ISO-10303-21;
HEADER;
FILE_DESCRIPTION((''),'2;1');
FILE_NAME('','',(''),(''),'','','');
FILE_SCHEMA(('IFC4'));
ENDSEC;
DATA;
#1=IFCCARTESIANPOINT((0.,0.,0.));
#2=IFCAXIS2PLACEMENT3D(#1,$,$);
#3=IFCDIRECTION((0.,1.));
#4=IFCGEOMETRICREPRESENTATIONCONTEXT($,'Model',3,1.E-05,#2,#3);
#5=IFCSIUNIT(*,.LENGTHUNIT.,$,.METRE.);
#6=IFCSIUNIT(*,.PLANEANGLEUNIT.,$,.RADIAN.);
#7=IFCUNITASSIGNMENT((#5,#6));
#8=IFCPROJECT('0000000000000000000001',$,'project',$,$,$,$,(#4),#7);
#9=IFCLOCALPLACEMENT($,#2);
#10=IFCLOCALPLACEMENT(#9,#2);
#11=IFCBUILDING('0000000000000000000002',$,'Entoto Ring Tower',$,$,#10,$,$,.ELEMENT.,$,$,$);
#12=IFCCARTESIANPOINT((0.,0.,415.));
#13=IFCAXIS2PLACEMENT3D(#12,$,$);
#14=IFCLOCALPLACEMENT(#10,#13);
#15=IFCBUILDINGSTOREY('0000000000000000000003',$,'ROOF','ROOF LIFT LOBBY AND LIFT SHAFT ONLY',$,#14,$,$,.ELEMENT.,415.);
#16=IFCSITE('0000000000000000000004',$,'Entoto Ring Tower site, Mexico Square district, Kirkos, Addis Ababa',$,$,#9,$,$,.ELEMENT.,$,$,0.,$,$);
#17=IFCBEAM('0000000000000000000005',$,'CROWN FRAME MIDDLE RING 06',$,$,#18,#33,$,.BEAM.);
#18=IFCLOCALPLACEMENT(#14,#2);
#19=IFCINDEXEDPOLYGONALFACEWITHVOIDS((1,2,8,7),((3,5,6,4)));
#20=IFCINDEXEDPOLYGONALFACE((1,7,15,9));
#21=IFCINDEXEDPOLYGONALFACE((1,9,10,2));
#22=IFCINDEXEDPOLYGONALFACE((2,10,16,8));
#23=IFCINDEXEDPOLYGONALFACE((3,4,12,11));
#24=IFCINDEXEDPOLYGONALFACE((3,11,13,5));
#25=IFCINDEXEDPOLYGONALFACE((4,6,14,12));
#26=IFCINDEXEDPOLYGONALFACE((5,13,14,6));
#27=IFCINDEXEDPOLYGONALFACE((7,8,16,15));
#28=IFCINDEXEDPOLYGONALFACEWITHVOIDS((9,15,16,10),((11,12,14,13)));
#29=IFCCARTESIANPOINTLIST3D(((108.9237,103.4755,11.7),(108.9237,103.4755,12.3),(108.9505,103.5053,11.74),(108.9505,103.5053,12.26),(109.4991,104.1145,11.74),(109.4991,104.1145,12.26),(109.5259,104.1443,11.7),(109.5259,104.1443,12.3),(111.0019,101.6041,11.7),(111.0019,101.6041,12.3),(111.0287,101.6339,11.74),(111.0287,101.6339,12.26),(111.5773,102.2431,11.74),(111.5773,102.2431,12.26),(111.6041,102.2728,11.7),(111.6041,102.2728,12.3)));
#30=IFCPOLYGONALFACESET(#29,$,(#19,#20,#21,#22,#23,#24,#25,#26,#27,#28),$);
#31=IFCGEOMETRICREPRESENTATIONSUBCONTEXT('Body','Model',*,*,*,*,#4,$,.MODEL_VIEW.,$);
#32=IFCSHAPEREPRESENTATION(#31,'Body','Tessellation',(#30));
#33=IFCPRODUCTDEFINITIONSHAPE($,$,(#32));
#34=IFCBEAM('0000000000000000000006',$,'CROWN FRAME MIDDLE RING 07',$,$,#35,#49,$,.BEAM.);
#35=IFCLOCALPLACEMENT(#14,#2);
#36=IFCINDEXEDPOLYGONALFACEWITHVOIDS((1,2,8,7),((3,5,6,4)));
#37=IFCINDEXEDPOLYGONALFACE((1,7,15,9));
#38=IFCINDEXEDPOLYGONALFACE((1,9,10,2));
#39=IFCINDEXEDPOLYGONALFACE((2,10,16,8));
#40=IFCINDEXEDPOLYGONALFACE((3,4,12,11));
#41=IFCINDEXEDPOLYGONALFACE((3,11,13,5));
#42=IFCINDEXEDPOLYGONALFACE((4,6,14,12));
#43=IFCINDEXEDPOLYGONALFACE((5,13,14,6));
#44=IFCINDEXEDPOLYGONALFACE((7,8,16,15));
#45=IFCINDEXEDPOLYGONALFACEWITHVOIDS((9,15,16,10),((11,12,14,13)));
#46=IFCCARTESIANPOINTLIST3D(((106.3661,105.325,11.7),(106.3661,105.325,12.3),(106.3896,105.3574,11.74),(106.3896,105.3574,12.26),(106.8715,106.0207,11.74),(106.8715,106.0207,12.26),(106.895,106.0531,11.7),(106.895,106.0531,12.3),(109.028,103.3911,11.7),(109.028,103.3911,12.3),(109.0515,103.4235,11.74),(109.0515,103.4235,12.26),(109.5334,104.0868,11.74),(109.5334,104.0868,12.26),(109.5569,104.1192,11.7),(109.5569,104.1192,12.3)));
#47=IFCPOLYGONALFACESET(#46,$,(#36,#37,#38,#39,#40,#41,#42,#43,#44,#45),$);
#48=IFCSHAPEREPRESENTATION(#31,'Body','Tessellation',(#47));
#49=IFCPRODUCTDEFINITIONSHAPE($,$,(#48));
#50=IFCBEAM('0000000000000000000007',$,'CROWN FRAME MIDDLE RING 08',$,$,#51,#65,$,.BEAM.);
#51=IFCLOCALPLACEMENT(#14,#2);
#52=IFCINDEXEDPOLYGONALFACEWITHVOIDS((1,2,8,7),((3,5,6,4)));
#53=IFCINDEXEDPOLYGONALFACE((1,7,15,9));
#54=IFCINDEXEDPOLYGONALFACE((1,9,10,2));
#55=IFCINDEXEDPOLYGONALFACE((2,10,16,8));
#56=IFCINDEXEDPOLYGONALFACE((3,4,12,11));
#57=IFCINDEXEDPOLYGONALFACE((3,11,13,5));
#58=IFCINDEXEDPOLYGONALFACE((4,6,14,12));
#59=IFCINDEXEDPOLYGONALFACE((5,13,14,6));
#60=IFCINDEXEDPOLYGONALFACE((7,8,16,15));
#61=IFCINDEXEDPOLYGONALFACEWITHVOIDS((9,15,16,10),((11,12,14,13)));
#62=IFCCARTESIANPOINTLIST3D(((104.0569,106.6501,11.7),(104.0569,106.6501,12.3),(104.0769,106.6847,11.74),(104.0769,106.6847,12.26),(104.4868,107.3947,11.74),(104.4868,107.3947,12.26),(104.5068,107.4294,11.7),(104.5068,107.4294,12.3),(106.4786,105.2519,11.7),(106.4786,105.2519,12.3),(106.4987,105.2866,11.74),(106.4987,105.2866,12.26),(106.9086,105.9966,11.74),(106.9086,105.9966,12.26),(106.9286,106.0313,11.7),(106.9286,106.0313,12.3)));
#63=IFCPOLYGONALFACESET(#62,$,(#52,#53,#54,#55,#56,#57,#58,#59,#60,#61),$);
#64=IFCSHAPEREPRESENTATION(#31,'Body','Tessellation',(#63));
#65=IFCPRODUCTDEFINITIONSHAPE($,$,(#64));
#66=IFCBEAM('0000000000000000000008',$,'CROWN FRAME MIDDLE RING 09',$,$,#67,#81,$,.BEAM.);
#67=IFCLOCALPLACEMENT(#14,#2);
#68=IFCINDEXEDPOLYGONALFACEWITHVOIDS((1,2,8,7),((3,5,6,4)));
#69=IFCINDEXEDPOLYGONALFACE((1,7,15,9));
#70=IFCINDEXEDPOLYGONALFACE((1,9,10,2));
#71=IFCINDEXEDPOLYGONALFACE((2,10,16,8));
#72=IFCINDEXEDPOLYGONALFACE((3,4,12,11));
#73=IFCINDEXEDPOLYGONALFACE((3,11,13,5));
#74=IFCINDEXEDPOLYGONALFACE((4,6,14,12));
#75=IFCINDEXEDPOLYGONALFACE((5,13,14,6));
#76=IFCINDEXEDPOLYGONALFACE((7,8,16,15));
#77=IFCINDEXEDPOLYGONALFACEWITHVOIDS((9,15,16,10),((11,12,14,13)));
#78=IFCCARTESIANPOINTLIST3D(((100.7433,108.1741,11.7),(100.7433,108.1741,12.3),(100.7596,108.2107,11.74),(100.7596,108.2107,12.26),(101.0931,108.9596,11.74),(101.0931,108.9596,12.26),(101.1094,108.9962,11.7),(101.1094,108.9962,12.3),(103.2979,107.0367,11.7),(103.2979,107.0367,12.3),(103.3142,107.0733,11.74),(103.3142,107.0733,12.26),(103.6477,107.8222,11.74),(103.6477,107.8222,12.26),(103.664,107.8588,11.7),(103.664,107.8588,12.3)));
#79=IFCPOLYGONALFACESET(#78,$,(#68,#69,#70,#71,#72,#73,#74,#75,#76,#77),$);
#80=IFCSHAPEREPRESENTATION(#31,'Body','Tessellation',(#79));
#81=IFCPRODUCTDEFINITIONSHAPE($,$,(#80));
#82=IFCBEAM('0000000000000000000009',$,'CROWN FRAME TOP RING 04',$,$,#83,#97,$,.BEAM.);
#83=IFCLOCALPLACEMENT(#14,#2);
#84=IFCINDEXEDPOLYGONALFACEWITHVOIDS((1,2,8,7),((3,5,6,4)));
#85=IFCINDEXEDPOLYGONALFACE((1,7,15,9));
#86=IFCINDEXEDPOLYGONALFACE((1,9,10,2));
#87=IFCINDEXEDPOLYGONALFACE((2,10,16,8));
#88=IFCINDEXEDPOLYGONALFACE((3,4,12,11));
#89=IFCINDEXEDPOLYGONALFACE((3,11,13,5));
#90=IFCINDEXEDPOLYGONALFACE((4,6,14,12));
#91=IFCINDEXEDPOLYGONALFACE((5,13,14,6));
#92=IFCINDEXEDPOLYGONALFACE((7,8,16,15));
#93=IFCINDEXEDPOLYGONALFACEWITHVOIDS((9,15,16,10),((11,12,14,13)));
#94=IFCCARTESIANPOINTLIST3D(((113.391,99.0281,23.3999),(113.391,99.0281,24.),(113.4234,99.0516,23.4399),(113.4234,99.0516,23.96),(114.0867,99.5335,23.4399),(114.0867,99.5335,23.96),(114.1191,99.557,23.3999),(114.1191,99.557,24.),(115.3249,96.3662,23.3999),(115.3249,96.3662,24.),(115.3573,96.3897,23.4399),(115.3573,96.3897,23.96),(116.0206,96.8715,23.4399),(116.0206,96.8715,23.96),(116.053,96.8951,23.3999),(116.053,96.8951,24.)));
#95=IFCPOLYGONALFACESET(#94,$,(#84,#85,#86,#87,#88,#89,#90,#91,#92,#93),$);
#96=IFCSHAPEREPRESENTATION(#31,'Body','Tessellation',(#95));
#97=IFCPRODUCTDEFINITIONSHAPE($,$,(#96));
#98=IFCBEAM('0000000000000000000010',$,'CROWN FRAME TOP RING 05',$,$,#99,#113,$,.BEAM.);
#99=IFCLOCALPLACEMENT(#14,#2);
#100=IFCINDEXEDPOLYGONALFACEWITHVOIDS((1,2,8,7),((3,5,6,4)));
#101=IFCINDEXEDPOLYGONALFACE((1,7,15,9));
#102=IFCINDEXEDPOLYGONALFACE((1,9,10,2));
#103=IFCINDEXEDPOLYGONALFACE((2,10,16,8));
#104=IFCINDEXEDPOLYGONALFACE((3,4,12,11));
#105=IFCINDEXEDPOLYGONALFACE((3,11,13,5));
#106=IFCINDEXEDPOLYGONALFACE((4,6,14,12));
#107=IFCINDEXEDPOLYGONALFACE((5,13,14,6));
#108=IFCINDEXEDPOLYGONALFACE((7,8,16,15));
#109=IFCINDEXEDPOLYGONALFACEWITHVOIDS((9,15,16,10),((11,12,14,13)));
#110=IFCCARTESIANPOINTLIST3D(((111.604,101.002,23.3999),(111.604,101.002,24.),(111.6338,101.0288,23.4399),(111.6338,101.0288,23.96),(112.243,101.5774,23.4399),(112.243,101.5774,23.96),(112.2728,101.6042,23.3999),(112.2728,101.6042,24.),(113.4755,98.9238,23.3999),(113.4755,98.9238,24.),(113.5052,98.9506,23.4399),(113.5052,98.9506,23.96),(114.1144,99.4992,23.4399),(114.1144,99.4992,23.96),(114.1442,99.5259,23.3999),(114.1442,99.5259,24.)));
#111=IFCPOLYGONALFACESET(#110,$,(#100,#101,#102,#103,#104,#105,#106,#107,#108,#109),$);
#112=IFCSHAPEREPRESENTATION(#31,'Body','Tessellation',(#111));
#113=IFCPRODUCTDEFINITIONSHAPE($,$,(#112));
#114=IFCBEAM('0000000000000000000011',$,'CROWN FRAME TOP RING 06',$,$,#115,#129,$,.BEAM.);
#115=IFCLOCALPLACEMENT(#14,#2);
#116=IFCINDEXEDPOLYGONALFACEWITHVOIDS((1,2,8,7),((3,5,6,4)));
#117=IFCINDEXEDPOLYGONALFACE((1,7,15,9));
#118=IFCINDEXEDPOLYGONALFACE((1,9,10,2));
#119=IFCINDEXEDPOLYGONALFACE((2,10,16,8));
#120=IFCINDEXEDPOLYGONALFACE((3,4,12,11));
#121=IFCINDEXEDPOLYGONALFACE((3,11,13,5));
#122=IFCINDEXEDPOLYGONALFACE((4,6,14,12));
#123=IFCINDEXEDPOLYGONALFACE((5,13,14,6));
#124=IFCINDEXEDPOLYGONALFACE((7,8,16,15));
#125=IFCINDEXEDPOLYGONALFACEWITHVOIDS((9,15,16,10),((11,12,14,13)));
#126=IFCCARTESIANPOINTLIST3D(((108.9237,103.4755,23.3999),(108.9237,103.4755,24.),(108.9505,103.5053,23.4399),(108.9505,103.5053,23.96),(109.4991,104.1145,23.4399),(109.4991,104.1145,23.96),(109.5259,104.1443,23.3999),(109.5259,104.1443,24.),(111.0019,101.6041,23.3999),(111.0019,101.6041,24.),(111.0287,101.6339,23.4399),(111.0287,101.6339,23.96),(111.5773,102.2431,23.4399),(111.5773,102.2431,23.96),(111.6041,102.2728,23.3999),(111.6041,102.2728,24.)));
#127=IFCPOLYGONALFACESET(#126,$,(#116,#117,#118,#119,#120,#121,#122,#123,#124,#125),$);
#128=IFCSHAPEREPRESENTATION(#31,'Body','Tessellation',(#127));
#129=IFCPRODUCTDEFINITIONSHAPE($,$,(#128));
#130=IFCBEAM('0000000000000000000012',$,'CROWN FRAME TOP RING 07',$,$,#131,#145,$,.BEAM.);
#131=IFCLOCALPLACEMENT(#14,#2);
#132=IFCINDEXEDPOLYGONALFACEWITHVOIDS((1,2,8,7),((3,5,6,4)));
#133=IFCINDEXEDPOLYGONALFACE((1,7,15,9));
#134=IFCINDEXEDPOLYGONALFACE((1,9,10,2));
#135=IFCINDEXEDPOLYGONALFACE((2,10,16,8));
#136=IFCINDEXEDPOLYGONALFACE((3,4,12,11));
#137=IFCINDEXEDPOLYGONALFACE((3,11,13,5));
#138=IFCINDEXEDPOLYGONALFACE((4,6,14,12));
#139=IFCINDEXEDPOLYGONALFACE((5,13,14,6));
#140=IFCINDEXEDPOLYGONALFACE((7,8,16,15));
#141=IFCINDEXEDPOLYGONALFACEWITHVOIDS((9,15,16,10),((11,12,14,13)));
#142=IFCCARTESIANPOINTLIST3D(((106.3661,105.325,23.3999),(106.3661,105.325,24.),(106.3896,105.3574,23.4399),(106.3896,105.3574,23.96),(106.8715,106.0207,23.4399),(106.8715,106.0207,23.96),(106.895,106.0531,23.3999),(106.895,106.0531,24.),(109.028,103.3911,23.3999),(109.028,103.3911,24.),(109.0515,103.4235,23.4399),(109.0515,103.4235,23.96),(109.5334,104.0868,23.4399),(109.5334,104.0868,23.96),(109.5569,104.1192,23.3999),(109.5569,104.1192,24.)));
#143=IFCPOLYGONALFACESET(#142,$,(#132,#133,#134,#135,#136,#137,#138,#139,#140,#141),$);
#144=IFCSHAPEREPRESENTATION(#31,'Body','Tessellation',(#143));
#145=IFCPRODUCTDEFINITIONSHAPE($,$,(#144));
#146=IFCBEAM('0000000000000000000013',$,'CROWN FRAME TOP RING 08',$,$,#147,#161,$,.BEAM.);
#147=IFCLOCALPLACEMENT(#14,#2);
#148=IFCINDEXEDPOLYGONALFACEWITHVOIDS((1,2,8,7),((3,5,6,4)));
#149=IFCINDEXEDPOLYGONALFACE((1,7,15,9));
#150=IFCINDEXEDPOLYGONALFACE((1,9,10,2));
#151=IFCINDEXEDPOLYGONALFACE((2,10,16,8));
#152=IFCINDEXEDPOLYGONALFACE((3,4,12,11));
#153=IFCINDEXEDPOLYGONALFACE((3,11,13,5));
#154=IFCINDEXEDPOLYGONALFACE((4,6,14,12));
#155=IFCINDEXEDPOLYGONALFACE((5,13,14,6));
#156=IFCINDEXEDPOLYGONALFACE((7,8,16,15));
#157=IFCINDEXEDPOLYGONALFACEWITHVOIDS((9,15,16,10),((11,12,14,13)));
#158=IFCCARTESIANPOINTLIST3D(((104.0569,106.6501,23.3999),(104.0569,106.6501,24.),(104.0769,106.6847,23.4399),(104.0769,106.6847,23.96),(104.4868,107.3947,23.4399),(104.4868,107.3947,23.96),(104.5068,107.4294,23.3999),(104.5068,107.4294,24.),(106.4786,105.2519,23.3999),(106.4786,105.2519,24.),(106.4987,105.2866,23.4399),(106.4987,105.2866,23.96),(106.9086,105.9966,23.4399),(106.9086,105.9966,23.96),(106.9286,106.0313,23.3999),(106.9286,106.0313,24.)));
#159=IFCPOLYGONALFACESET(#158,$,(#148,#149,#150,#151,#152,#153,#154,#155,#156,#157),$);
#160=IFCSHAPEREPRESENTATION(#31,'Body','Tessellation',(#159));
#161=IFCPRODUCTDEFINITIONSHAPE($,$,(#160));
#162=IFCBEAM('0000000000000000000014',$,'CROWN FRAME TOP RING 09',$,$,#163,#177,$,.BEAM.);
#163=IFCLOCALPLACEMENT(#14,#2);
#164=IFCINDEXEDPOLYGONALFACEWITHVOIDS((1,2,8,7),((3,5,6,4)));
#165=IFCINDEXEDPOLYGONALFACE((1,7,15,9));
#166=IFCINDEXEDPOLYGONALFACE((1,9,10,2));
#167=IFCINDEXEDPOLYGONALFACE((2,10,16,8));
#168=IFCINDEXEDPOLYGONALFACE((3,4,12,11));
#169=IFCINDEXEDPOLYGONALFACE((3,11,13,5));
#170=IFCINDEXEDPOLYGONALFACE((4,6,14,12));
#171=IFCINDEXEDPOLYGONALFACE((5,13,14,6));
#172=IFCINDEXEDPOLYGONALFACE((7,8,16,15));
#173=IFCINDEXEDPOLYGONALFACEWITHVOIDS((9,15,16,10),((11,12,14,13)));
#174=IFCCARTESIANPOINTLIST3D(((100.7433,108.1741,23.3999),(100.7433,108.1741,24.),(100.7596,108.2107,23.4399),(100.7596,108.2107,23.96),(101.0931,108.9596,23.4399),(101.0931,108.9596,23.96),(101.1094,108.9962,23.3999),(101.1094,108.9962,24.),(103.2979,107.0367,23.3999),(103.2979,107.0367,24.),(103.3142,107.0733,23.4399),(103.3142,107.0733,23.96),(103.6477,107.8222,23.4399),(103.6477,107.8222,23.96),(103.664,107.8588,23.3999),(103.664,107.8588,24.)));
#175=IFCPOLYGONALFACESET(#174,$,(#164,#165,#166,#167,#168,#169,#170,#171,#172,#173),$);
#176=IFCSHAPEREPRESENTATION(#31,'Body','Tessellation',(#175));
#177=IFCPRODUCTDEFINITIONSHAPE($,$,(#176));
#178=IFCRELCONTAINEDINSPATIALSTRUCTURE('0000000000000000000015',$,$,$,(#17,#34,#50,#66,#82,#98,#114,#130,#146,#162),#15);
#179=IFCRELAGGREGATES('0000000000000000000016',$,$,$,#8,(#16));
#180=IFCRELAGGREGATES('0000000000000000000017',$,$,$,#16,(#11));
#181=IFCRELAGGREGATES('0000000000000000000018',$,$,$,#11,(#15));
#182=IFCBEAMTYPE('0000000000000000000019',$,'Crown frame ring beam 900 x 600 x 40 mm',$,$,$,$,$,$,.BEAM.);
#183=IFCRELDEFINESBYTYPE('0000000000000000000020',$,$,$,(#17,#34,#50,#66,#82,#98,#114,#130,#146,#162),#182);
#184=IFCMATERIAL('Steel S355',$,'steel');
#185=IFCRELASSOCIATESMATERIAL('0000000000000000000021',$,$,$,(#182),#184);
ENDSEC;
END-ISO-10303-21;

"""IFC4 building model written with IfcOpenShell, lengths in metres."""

from ifc_helpers import new_model, si_unit, direction, frame, origin, origin_2d, place, context, subcontext, project, spatial, hollow_rectangle, extrude, material, material_profile, profile_set, type_object, element, save


model = new_model("IFC4")

# Units and contexts
model_context = context("Model", 3, precision=1e-05, world=origin(), true_north=direction((0.0, 1.0)))
body_context = subcontext(model_context, "Body", "Model", "MODEL_VIEW")
ifc_project = project(units=[si_unit("LENGTHUNIT", "METRE"), si_unit("PLANEANGLEUNIT", "RADIAN")], contexts=[model_context])

# Site, building, storey
site_placement = place(None, origin())
site = spatial("IfcSite", under=ifc_project, at=site_placement, Name="Entoto Ring Tower site, Mexico Square district, Kirkos, Addis Ababa", CompositionType="ELEMENT", RefElevation=0.0)
building_placement = place(site_placement, origin())
building = spatial("IfcBuilding", under=site, at=building_placement, Name="Entoto Ring Tower", CompositionType="ELEMENT")
storey_placement = place(building_placement, frame((0.0, 0.0, 415.0)))
storey = spatial("IfcBuildingStorey", under=building, at=storey_placement, Name="ROOF", Description="ROOF LIFT LOBBY AND LIFT SHAFT ONLY", CompositionType="ELEMENT", Elevation=415.0)

# Beams
ifc_material_1 = material(Name="Steel S355", Category="steel")
ifc_material_profile_1 = material_profile(ifc_material_1, hollow_rectangle(XDim=0.8999, YDim=0.6001, WallThickness=0.04, at=origin_2d()), Name="Crown frame ring beam 900 x 600 x 40 mm")
ifc_profile_set_1 = profile_set([ifc_material_profile_1], Name="Steel S355")
beam_type_1 = type_object("IfcBeamType", Name="Crown frame ring beam 900 x 600 x 40 mm", PredefinedType="BEAM", material=ifc_profile_set_1)
for number, where, z_axis, x_axis, name in (
    (1, (111.303, 101.9385, 12.0), (-0.743112, 0.669167, 0.0), (-0.669167, -0.743112, 0.0), "CROWN FRAME MIDDLE RING 06"),
):
    element("IfcBeam", number, at=place(storey_placement, frame(where, z_axis=z_axis, x_axis=x_axis)), inside=storey, type_object=beam_type_1, Name=name, PredefinedType="BEAM", context=body_context, shape_type="SweptSolid", body=[
        extrude(hollow_rectangle(XDim=0.8999, YDim=0.6001, WallThickness=0.04, at=origin_2d()), origin(), (0.0, 0.0, 1.0), 2.7966),
    ])
beam_1_placement = place(storey_placement, frame((109.2925, 103.7551, 12.0), z_axis=(-0.809034, 0.587761, 0.0), x_axis=(-0.587761, -0.809034, 0.0)))
element("IfcBeam", 2, at=beam_1_placement, inside=storey, type_object=beam_type_1, Name="CROWN FRAME MIDDLE RING 07", PredefinedType="BEAM", context=body_context, shape_type="SweptSolid", body=[
    extrude(hollow_rectangle(XDim=0.8999, YDim=0.6001, WallThickness=0.04, at=origin_2d()), origin(), (0.0, 0.0, 1.0), 3.2903),
])
for number, where, z_axis, x_axis, name in (
    (3, (106.7036, 105.6416, 12.0), (-0.866037, 0.499979, 0.0), (-0.499979, -0.866037, 0.0), "CROWN FRAME MIDDLE RING 08"),
    (4, (103.481, 107.4478, 12.0), (-0.913541, 0.406746, 0.0), (-0.406746, -0.913541, 0.0), "CROWN FRAME MIDDLE RING 09"),
):
    element("IfcBeam", number, at=place(storey_placement, frame(where, z_axis=z_axis, x_axis=x_axis)), inside=storey, type_object=beam_type_1, Name=name, PredefinedType="BEAM", context=body_context, shape_type="SweptSolid", body=[
        extrude(hollow_rectangle(XDim=0.8999, YDim=0.6001, WallThickness=0.04, at=origin_2d()), origin(), (0.0, 0.0, 1.0), 2.7964),
    ])
beam_2_placement = place(storey_placement, frame((115.689, 96.6306, 23.7), z_axis=(-0.587761, 0.809034, 0.0), x_axis=(-0.809034, -0.587761, 0.0)))
element("IfcBeam", 5, at=beam_2_placement, inside=storey, type_object=beam_type_1, Name="CROWN FRAME TOP RING 04", PredefinedType="BEAM", context=body_context, shape_type="SweptSolid", body=[
    extrude(hollow_rectangle(XDim=0.8999, YDim=0.6001, WallThickness=0.04, at=origin_2d()), origin(), (0.0, 0.0, 1.0), 3.2903),
])
for number, where, z_axis, x_axis, name in (
    (6, (113.8098, 99.2249, 23.7), (-0.669167, 0.743112, 0.0), (-0.743112, -0.669167, 0.0), "CROWN FRAME TOP RING 05"),
    (7, (111.303, 101.9385, 23.7), (-0.743112, 0.669167, 0.0), (-0.669167, -0.743112, 0.0), "CROWN FRAME TOP RING 06"),
):
    element("IfcBeam", number, at=place(storey_placement, frame(where, z_axis=z_axis, x_axis=x_axis)), inside=storey, type_object=beam_type_1, Name=name, PredefinedType="BEAM", context=body_context, shape_type="SweptSolid", body=[
        extrude(hollow_rectangle(XDim=0.8999, YDim=0.6001, WallThickness=0.04, at=origin_2d()), origin(), (0.0, 0.0, 1.0), 2.7966),
    ])
beam_3_placement = place(storey_placement, frame((109.2925, 103.7551, 23.7), z_axis=(-0.809034, 0.587761, 0.0), x_axis=(-0.587761, -0.809034, 0.0)))
element("IfcBeam", 8, at=beam_3_placement, inside=storey, type_object=beam_type_1, Name="CROWN FRAME TOP RING 07", PredefinedType="BEAM", context=body_context, shape_type="SweptSolid", body=[
    extrude(hollow_rectangle(XDim=0.8999, YDim=0.6001, WallThickness=0.04, at=origin_2d()), origin(), (0.0, 0.0, 1.0), 3.2903),
])
for number, where, z_axis, x_axis, name in (
    (9, (106.7036, 105.6416, 23.7), (-0.866037, 0.499979, 0.0), (-0.499979, -0.866037, 0.0), "CROWN FRAME TOP RING 08"),
    (10, (103.481, 107.4478, 23.7), (-0.913541, 0.406746, 0.0), (-0.406746, -0.913541, 0.0), "CROWN FRAME TOP RING 09"),
):
    element("IfcBeam", number, at=place(storey_placement, frame(where, z_axis=z_axis, x_axis=x_axis)), inside=storey, type_object=beam_type_1, Name=name, PredefinedType="BEAM", context=body_context, shape_type="SweptSolid", body=[
        extrude(hollow_rectangle(XDim=0.8999, YDim=0.6001, WallThickness=0.04, at=origin_2d()), origin(), (0.0, 0.0, 1.0), 2.7964),
    ])

save(model, "model.ifc")
